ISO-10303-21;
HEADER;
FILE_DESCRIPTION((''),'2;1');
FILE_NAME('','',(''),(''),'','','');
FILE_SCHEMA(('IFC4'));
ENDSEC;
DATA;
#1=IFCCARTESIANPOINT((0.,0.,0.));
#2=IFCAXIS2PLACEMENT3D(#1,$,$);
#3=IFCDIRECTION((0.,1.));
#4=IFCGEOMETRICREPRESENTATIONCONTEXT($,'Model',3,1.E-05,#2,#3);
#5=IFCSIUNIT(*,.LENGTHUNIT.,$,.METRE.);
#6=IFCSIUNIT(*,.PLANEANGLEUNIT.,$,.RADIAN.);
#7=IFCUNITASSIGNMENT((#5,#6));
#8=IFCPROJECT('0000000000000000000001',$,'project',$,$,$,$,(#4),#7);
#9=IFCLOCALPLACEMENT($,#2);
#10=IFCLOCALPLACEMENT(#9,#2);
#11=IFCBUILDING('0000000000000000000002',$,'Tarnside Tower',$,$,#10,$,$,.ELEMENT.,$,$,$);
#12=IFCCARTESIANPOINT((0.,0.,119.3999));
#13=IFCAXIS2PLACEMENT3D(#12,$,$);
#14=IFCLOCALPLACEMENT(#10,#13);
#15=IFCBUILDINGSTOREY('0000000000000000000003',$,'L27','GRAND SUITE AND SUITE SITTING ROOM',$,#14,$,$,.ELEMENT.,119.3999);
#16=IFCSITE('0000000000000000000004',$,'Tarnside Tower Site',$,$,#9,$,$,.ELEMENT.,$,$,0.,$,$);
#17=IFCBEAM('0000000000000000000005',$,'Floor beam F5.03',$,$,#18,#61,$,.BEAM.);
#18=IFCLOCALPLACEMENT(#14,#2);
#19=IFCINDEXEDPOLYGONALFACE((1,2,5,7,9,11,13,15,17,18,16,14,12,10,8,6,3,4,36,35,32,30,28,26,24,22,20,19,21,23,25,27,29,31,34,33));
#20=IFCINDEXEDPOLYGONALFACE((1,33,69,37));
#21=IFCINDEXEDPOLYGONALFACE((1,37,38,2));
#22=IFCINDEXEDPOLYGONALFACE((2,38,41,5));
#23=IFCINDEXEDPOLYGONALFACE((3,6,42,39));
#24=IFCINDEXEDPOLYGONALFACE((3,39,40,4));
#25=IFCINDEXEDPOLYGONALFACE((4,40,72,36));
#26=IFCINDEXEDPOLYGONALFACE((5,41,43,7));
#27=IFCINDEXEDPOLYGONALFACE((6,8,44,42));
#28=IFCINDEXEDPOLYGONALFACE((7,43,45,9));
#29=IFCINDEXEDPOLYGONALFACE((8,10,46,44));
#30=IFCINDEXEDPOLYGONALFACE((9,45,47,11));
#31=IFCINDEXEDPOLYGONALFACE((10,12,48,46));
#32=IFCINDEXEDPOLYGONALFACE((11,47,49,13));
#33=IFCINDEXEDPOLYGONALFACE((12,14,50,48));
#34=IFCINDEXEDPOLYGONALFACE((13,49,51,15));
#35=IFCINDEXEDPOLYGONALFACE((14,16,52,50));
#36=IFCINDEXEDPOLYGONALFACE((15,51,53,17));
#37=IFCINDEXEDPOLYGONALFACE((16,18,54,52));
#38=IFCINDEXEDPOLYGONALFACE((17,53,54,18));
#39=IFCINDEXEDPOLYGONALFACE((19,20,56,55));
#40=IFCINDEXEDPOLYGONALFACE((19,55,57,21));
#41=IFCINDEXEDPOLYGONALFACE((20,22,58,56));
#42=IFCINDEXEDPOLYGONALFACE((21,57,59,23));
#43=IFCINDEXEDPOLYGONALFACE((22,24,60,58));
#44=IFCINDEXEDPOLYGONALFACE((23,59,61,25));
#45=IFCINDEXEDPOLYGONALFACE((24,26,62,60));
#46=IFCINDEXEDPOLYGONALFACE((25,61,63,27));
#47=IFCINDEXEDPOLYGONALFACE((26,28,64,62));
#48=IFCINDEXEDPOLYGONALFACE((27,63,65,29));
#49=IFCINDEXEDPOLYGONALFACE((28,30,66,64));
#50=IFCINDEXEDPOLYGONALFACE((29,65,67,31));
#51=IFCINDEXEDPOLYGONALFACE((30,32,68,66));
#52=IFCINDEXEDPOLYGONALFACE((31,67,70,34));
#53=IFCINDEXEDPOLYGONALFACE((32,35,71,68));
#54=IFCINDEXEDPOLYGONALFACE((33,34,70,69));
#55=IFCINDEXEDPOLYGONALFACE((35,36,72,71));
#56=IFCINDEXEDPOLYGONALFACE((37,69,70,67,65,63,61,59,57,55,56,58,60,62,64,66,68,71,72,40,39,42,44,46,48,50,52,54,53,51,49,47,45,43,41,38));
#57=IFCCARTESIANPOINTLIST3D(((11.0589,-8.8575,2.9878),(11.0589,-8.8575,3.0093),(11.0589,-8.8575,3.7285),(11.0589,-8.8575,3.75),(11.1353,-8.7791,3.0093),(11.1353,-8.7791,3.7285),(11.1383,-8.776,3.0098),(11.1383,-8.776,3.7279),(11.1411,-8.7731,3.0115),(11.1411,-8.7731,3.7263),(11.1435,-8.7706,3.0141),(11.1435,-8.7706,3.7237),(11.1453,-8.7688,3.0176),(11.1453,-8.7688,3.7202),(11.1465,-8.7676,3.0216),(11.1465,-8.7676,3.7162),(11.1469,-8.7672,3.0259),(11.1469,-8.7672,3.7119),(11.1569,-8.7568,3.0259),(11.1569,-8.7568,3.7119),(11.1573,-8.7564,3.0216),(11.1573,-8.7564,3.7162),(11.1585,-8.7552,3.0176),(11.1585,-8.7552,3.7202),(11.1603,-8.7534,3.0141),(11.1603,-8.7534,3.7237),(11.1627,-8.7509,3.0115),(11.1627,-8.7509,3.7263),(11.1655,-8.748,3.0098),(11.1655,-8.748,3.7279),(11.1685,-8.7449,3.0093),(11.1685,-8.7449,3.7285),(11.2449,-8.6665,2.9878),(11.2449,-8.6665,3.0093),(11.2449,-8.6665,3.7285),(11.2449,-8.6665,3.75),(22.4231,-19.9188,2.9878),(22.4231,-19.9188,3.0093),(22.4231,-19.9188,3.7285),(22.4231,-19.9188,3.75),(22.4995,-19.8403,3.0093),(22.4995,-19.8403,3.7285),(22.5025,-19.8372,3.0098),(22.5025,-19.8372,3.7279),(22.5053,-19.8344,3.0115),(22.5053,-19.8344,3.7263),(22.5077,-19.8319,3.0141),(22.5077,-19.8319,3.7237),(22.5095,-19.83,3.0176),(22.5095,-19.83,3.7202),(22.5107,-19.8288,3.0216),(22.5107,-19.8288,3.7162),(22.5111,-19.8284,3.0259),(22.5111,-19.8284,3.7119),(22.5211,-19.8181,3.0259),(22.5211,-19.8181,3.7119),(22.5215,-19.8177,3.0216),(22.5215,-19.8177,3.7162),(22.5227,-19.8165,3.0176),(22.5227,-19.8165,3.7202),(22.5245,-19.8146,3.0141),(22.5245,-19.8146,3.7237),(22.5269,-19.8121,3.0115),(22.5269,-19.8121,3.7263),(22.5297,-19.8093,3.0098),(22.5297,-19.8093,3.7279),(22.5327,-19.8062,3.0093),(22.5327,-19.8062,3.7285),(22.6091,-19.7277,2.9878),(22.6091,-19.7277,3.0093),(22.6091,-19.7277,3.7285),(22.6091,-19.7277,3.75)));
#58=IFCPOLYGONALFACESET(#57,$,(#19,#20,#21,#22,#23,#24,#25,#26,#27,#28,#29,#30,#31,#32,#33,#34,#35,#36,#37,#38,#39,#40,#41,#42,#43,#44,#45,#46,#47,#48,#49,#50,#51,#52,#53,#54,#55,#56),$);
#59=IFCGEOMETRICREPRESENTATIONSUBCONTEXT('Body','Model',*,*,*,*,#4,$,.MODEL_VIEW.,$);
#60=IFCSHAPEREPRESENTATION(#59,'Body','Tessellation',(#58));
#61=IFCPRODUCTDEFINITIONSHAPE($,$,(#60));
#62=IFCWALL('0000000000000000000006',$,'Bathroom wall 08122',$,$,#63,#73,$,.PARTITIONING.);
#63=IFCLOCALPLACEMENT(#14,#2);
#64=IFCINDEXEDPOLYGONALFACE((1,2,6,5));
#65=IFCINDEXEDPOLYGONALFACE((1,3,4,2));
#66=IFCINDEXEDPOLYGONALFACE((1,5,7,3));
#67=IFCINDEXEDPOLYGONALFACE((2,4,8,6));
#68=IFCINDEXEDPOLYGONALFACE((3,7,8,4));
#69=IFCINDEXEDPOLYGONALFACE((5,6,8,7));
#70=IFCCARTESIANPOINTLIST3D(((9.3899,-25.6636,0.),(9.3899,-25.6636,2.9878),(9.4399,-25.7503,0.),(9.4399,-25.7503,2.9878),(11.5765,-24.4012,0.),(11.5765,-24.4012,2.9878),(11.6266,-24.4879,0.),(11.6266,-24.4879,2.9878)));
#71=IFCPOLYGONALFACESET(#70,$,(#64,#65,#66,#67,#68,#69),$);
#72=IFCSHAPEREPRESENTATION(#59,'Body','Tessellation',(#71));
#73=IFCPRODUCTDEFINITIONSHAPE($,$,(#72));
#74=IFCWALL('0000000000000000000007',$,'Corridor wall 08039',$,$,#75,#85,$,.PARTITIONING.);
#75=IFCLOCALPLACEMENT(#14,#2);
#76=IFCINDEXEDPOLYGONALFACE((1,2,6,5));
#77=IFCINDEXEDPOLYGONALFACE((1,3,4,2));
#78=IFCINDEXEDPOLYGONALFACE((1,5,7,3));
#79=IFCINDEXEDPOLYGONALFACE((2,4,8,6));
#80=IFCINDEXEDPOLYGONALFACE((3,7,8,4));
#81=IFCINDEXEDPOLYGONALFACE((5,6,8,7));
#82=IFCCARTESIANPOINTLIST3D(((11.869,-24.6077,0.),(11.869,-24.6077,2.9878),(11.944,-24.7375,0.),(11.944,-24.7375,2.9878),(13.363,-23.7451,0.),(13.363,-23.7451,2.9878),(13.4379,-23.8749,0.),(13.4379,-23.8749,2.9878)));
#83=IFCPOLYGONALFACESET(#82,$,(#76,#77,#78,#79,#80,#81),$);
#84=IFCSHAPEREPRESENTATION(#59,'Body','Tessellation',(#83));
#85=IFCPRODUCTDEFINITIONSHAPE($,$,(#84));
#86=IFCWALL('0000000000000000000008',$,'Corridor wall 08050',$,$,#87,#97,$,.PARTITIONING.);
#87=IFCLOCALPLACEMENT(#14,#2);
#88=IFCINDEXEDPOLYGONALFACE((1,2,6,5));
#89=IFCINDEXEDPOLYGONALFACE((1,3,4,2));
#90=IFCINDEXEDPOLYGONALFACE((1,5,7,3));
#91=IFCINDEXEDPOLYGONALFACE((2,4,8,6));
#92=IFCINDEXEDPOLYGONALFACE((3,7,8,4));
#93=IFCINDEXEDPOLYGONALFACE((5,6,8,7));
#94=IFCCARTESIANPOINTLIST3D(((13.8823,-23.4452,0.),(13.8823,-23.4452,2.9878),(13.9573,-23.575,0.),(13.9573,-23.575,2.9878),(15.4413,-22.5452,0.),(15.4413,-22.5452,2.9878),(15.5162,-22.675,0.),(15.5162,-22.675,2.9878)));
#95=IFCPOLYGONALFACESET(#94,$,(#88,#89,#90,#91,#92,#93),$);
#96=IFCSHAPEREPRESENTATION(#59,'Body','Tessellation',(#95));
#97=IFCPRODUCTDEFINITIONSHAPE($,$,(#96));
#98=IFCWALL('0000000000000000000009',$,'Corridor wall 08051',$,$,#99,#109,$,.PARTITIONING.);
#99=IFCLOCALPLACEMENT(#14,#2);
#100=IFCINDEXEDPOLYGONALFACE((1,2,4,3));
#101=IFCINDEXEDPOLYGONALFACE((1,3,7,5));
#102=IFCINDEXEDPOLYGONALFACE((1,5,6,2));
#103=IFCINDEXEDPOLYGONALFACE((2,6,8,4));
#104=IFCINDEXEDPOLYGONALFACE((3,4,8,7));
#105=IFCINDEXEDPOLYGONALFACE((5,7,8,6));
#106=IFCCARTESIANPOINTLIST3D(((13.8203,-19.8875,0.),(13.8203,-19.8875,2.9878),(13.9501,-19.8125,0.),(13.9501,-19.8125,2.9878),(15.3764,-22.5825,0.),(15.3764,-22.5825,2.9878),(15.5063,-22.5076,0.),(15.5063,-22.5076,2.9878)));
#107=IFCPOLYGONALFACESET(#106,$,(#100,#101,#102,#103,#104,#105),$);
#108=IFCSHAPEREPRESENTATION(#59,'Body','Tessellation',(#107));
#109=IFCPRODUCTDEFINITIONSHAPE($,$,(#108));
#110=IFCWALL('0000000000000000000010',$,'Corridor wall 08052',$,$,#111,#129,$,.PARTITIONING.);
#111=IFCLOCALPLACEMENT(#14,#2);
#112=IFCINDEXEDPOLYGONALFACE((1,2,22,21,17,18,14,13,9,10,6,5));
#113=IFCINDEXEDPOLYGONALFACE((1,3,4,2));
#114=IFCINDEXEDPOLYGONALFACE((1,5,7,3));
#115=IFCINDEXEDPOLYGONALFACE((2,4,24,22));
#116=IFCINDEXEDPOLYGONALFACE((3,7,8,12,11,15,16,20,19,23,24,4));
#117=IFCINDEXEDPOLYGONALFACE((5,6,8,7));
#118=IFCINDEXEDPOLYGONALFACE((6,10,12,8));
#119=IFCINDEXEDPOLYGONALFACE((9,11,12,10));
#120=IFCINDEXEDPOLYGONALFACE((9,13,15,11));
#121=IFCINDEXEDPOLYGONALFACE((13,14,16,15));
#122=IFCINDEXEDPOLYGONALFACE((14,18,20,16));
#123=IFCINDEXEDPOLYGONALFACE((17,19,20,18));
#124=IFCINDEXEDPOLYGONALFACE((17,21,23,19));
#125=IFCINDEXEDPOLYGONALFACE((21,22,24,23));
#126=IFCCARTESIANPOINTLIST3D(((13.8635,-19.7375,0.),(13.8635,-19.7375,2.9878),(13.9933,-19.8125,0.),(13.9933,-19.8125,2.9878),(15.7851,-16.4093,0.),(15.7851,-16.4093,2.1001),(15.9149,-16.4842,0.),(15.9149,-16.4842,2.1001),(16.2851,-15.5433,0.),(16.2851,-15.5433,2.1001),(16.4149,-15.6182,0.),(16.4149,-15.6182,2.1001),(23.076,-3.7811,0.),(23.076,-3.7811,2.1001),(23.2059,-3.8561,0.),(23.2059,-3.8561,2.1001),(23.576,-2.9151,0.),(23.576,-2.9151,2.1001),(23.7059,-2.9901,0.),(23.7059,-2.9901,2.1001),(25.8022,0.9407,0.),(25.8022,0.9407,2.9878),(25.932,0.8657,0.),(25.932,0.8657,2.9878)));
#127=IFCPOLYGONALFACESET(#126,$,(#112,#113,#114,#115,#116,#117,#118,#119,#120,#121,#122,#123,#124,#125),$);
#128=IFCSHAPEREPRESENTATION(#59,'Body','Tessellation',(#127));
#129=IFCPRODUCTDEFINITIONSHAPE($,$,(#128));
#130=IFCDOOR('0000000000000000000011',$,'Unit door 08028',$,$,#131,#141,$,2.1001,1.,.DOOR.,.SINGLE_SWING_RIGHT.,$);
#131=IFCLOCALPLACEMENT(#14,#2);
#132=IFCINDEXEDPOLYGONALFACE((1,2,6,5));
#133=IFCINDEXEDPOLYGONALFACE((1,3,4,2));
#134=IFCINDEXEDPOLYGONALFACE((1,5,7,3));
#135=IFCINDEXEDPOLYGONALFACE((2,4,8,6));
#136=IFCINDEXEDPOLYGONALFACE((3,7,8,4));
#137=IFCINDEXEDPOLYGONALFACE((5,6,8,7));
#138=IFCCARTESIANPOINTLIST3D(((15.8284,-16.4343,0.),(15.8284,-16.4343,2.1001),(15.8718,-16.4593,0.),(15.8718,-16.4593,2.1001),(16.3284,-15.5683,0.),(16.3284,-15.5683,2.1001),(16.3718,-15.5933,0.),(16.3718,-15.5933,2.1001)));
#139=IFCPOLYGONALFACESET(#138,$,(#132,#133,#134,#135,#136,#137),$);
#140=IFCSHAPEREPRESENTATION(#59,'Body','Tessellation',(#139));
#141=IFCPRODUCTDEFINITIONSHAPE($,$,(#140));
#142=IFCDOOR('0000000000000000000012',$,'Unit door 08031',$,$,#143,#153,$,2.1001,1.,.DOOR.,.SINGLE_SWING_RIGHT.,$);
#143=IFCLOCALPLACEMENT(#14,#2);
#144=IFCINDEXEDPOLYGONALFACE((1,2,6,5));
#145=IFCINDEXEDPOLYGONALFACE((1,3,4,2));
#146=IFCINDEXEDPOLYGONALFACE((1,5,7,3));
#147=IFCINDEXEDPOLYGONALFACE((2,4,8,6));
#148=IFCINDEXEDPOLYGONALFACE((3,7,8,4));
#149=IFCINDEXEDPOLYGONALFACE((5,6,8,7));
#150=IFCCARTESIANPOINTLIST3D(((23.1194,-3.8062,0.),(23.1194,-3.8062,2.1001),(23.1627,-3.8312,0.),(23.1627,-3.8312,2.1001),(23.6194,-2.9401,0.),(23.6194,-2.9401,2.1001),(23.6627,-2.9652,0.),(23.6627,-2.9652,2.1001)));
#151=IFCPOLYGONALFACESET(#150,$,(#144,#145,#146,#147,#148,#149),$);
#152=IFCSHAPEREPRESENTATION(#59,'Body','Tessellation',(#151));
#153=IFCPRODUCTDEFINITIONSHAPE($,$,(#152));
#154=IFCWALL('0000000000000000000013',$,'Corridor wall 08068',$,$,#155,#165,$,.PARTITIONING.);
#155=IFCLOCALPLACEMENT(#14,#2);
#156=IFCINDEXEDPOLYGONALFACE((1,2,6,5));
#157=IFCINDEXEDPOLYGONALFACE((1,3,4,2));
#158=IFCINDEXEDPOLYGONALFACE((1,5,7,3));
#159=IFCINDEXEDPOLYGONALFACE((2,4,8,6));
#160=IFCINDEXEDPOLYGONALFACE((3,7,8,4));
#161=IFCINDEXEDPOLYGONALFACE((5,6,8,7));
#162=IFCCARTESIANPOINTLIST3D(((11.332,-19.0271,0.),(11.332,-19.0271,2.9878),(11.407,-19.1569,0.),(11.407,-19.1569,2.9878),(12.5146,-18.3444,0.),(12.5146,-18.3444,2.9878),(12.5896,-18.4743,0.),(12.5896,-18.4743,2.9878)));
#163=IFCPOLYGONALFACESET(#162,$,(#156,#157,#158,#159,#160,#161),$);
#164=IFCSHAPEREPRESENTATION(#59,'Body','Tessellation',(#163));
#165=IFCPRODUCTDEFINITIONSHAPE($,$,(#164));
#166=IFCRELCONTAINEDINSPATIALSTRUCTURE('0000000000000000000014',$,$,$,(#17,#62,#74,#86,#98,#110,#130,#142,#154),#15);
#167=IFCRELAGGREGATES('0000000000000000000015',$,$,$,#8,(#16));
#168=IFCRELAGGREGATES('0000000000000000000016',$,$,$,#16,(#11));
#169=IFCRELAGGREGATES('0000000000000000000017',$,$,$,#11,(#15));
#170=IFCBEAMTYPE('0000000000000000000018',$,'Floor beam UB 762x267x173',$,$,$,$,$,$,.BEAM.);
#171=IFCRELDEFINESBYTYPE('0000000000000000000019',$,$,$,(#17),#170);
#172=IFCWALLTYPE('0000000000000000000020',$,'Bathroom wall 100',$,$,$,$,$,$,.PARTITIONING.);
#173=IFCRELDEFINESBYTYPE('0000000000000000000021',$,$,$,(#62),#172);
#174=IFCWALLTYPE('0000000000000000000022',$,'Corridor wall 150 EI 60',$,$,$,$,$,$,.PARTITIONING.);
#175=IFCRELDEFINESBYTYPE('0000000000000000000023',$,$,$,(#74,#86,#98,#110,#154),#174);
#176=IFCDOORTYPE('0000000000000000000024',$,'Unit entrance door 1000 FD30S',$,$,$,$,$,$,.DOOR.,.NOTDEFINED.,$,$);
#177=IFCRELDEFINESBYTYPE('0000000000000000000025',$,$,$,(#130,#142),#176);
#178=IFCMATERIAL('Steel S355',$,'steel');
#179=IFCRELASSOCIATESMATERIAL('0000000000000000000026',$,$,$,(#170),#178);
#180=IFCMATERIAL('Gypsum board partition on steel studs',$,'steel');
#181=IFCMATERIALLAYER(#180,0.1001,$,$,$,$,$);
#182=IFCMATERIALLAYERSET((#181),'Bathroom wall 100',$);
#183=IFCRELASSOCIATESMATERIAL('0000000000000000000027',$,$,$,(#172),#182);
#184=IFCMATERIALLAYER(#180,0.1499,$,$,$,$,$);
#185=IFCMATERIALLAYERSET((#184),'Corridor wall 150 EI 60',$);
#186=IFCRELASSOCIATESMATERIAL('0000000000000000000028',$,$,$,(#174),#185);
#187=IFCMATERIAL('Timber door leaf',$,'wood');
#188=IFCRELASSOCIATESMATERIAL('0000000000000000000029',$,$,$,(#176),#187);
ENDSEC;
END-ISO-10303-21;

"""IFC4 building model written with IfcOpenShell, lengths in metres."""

from ifc_helpers import new_model, si_unit, direction, frame, frame_2d, origin, origin_2d, place, context, subcontext, project, spatial, rectangle, i_section, extrude, material, layer, layer_set, material_profile, profile_set, type_object, element, fill, save


model = new_model("IFC4")

# Units and contexts
model_context = context("Model", 3, precision=1e-05, world=origin(), true_north=direction((0.0, 1.0)))
body_context = subcontext(model_context, "Body", "Model", "MODEL_VIEW")
ifc_project = project(units=[si_unit("LENGTHUNIT", "METRE"), si_unit("PLANEANGLEUNIT", "RADIAN")], contexts=[model_context])

# Site, building, storey
site_placement = place(None, origin())
site = spatial("IfcSite", under=ifc_project, at=site_placement, Name="Tarnside Tower Site", CompositionType="ELEMENT", RefElevation=0.0)
building_placement = place(site_placement, origin())
building = spatial("IfcBuilding", under=site, at=building_placement, Name="Tarnside Tower", CompositionType="ELEMENT")
storey_placement = place(building_placement, frame((0.0, 0.0, 119.3999)))
storey = spatial("IfcBuildingStorey", under=building, at=storey_placement, Name="L27", Description="GRAND SUITE AND SUITE SITTING ROOM", CompositionType="ELEMENT", Elevation=119.3999)

# Beam
ifc_material_1 = material(Name="Steel S355", Category="steel")
ifc_material_profile = material_profile(ifc_material_1, i_section(OverallWidth=0.2666, OverallDepth=0.7622, WebThickness=0.0144, FlangeThickness=0.0215, FilletRadius=0.0166, at=origin_2d()), Name="UB 762x267x173")
ifc_profile_set = profile_set([ifc_material_profile], Name="Steel S355")
beam_type = type_object("IfcBeamType", Name="Floor beam UB 762x267x173", PredefinedType="BEAM", material=ifc_profile_set)
beam_1_placement = place(storey_placement, frame((22.5161, -19.8232, 3.3689), z_axis=(-0.716595, 0.69749, 0.0), x_axis=(-0.69749, -0.716595, 0.0)))
element("IfcBeam", 1, at=beam_1_placement, inside=storey, type_object=beam_type, Name="Floor beam F5.03", PredefinedType="BEAM", context=body_context, shape_type="SweptSolid", body=[
    extrude(i_section(OverallWidth=0.2666, OverallDepth=0.7622, WebThickness=0.0144, FlangeThickness=0.0215, FilletRadius=0.0166, at=origin_2d()), origin(), (0.0, 0.0, 1.0), 15.8586),
])

# Walls
ifc_material_2 = material(Name="Gypsum board partition on steel studs", Category="steel")
ifc_layer_1 = layer(ifc_material_2, 0.1001)
ifc_layer_set_1 = layer_set([ifc_layer_1], Name="Bathroom wall 100")
wall_type_1 = type_object("IfcWallType", Name="Bathroom wall 100", PredefinedType="PARTITIONING", material=ifc_layer_set_1)
wall_1_placement = place(storey_placement, frame((11.6016, -24.4446, 0.0), z_axis=(0.0, 0.0, 1.0), x_axis=(-0.866039, -0.499976, 0.0)))
element("IfcWall", 2, at=wall_1_placement, inside=storey, type_object=wall_type_1, Name="Bathroom wall 08122", PredefinedType="PARTITIONING", context=body_context, shape_type="SweptSolid", body=[
    extrude(rectangle(XDim=2.5249, YDim=0.1001, at=frame_2d((1.2625, 0.0))), origin(), (0.0, 0.0, 1.0), 2.9878),
])
ifc_layer_2 = layer(ifc_material_2, 0.1499)
ifc_layer_set_2 = layer_set([ifc_layer_2], Name="Corridor wall 150 EI 60")
wall_type_2 = type_object("IfcWallType", Name="Corridor wall 150 EI 60", PredefinedType="PARTITIONING", material=ifc_layer_set_2)
wall_2_placement = place(storey_placement, frame((11.9065, -24.6726, 0.0), z_axis=(0.0, 0.0, 1.0), x_axis=(0.866014, 0.500021, 0.0)))
element("IfcWall", 3, at=wall_2_placement, inside=storey, type_object=wall_type_2, Name="Corridor wall 08039", PredefinedType="PARTITIONING", context=body_context, shape_type="SweptSolid", body=[
    extrude(rectangle(XDim=1.7251, YDim=0.1499, at=frame_2d((0.8625, 0.0))), origin(), (0.0, 0.0, 1.0), 2.9878),
])
wall_3_placement = place(storey_placement, frame((13.9199, -23.51, 0.0), z_axis=(0.0, 0.0, 1.0), x_axis=(0.866048, 0.499961, 0.0)))
element("IfcWall", 4, at=wall_3_placement, inside=storey, type_object=wall_type_2, Name="Corridor wall 08050", PredefinedType="PARTITIONING", context=body_context, shape_type="SweptSolid", body=[
    extrude(rectangle(XDim=1.8, YDim=0.1499, at=frame_2d((0.8999, 0.0))), origin(), (0.0, 0.0, 1.0), 2.9878),
])
wall_4_placement = place(storey_placement, frame((15.4414, -22.5452, 0.0), z_axis=(0.0, 0.0, 1.0), x_axis=(-0.500037, 0.866004, 0.0)))
element("IfcWall", 5, at=wall_4_placement, inside=storey, type_object=wall_type_2, Name="Corridor wall 08051", PredefinedType="PARTITIONING", context=body_context, shape_type="SweptSolid", body=[
    extrude(rectangle(XDim=3.1121, YDim=0.1499, at=frame_2d((1.5562, 0.0))), origin(), (0.0, 0.0, 1.0), 2.9878),
])

# Wall, openings, doors
wall_5_placement = place(storey_placement, frame((13.9285, -19.7749, 0.0), z_axis=(0.0, 0.0, 1.0), x_axis=(0.500005, 0.866023, 0.0)))
wall_5 = element("IfcWall", 6, at=wall_5_placement, inside=storey, type_object=wall_type_2, Name="Corridor wall 08052", PredefinedType="PARTITIONING", context=body_context, shape_type="SweptSolid", body=[
    extrude(rectangle(XDim=23.8772, YDim=0.1499, at=frame_2d((11.9385, 0.0))), origin(), (0.0, 0.0, 1.0), 2.9878),
])
opening_1_placement = place(wall_5_placement, frame((3.843, 0.0, 0.0)))
opening_1 = element("IfcOpeningElement", 7, at=opening_1_placement, cuts=wall_5, PredefinedType="OPENING", context=body_context, shape_type="SweptSolid", body=[
    extrude(rectangle(XDim=1.0, YDim=2.1001, at=frame_2d((0.5, 1.05))), frame((0.0, 0.085, 0.0), z_axis=(0.0, -1.0, 0.0), x_axis=(1.0, 0.0, 0.0)), (0.0, 0.0, 1.0), 0.1699),
])
opening_2_placement = place(wall_5_placement, frame((18.4248, 0.0, 0.0)))
opening_2 = element("IfcOpeningElement", 8, at=opening_2_placement, cuts=wall_5, PredefinedType="OPENING", context=body_context, shape_type="SweptSolid", body=[
    extrude(rectangle(XDim=1.0, YDim=2.1001, at=frame_2d((0.5, 1.05))), frame((0.0, 0.085, 0.0), z_axis=(0.0, -1.0, 0.0), x_axis=(1.0, 0.0, 0.0)), (0.0, 0.0, 1.0), 0.1699),
])
ifc_material_3 = material(Name="Timber door leaf", Category="wood")
door_type_1 = type_object("IfcDoorType", Name="Unit entrance door 1000 FD30S", OperationType="NOTDEFINED", PredefinedType="DOOR", material=ifc_material_3)
door_1_placement = place(opening_1_placement, origin())
door_1 = element("IfcDoor", 9, at=door_1_placement, inside=storey, type_object=door_type_1, Name="Unit door 08028", OperationType="SINGLE_SWING_RIGHT", OverallHeight=2.1001, OverallWidth=1.0, PredefinedType="DOOR", context=body_context, shape_type="SweptSolid", body=[
    extrude(rectangle(XDim=1.0, YDim=2.1001, at=frame_2d((0.5, 1.05))), frame((0.0, 0.0249, 0.0), z_axis=(0.0, -1.0, 0.0), x_axis=(1.0, 0.0, 0.0)), (0.0, 0.0, 1.0), 0.05),
])
fill(opening_1, door_1)
door_2_placement = place(opening_2_placement, origin())
door_2 = element("IfcDoor", 10, at=door_2_placement, inside=storey, type_object=door_type_1, Name="Unit door 08031", OperationType="SINGLE_SWING_RIGHT", OverallHeight=2.1001, OverallWidth=1.0, PredefinedType="DOOR", context=body_context, shape_type="SweptSolid", body=[
    extrude(rectangle(XDim=1.0, YDim=2.1001, at=frame_2d((0.5, 1.05))), frame((0.0, 0.0249, 0.0), z_axis=(0.0, -1.0, 0.0), x_axis=(1.0, 0.0, 0.0)), (0.0, 0.0, 1.0), 0.05),
])
fill(opening_2, door_2)

# Wall
wall_6_placement = place(storey_placement, frame((12.552, -18.4094, 0.0), z_axis=(0.0, 0.0, 1.0), x_axis=(-0.866078, -0.499908, 0.0)))
element("IfcWall", 11, at=wall_6_placement, inside=storey, type_object=wall_type_2, Name="Corridor wall 08068", PredefinedType="PARTITIONING", context=body_context, shape_type="SweptSolid", body=[
    extrude(rectangle(XDim=1.3655, YDim=0.1499, at=frame_2d((0.6826, 0.0))), origin(), (0.0, 0.0, 1.0), 2.9878),
])

save(model, "model.ifc")
